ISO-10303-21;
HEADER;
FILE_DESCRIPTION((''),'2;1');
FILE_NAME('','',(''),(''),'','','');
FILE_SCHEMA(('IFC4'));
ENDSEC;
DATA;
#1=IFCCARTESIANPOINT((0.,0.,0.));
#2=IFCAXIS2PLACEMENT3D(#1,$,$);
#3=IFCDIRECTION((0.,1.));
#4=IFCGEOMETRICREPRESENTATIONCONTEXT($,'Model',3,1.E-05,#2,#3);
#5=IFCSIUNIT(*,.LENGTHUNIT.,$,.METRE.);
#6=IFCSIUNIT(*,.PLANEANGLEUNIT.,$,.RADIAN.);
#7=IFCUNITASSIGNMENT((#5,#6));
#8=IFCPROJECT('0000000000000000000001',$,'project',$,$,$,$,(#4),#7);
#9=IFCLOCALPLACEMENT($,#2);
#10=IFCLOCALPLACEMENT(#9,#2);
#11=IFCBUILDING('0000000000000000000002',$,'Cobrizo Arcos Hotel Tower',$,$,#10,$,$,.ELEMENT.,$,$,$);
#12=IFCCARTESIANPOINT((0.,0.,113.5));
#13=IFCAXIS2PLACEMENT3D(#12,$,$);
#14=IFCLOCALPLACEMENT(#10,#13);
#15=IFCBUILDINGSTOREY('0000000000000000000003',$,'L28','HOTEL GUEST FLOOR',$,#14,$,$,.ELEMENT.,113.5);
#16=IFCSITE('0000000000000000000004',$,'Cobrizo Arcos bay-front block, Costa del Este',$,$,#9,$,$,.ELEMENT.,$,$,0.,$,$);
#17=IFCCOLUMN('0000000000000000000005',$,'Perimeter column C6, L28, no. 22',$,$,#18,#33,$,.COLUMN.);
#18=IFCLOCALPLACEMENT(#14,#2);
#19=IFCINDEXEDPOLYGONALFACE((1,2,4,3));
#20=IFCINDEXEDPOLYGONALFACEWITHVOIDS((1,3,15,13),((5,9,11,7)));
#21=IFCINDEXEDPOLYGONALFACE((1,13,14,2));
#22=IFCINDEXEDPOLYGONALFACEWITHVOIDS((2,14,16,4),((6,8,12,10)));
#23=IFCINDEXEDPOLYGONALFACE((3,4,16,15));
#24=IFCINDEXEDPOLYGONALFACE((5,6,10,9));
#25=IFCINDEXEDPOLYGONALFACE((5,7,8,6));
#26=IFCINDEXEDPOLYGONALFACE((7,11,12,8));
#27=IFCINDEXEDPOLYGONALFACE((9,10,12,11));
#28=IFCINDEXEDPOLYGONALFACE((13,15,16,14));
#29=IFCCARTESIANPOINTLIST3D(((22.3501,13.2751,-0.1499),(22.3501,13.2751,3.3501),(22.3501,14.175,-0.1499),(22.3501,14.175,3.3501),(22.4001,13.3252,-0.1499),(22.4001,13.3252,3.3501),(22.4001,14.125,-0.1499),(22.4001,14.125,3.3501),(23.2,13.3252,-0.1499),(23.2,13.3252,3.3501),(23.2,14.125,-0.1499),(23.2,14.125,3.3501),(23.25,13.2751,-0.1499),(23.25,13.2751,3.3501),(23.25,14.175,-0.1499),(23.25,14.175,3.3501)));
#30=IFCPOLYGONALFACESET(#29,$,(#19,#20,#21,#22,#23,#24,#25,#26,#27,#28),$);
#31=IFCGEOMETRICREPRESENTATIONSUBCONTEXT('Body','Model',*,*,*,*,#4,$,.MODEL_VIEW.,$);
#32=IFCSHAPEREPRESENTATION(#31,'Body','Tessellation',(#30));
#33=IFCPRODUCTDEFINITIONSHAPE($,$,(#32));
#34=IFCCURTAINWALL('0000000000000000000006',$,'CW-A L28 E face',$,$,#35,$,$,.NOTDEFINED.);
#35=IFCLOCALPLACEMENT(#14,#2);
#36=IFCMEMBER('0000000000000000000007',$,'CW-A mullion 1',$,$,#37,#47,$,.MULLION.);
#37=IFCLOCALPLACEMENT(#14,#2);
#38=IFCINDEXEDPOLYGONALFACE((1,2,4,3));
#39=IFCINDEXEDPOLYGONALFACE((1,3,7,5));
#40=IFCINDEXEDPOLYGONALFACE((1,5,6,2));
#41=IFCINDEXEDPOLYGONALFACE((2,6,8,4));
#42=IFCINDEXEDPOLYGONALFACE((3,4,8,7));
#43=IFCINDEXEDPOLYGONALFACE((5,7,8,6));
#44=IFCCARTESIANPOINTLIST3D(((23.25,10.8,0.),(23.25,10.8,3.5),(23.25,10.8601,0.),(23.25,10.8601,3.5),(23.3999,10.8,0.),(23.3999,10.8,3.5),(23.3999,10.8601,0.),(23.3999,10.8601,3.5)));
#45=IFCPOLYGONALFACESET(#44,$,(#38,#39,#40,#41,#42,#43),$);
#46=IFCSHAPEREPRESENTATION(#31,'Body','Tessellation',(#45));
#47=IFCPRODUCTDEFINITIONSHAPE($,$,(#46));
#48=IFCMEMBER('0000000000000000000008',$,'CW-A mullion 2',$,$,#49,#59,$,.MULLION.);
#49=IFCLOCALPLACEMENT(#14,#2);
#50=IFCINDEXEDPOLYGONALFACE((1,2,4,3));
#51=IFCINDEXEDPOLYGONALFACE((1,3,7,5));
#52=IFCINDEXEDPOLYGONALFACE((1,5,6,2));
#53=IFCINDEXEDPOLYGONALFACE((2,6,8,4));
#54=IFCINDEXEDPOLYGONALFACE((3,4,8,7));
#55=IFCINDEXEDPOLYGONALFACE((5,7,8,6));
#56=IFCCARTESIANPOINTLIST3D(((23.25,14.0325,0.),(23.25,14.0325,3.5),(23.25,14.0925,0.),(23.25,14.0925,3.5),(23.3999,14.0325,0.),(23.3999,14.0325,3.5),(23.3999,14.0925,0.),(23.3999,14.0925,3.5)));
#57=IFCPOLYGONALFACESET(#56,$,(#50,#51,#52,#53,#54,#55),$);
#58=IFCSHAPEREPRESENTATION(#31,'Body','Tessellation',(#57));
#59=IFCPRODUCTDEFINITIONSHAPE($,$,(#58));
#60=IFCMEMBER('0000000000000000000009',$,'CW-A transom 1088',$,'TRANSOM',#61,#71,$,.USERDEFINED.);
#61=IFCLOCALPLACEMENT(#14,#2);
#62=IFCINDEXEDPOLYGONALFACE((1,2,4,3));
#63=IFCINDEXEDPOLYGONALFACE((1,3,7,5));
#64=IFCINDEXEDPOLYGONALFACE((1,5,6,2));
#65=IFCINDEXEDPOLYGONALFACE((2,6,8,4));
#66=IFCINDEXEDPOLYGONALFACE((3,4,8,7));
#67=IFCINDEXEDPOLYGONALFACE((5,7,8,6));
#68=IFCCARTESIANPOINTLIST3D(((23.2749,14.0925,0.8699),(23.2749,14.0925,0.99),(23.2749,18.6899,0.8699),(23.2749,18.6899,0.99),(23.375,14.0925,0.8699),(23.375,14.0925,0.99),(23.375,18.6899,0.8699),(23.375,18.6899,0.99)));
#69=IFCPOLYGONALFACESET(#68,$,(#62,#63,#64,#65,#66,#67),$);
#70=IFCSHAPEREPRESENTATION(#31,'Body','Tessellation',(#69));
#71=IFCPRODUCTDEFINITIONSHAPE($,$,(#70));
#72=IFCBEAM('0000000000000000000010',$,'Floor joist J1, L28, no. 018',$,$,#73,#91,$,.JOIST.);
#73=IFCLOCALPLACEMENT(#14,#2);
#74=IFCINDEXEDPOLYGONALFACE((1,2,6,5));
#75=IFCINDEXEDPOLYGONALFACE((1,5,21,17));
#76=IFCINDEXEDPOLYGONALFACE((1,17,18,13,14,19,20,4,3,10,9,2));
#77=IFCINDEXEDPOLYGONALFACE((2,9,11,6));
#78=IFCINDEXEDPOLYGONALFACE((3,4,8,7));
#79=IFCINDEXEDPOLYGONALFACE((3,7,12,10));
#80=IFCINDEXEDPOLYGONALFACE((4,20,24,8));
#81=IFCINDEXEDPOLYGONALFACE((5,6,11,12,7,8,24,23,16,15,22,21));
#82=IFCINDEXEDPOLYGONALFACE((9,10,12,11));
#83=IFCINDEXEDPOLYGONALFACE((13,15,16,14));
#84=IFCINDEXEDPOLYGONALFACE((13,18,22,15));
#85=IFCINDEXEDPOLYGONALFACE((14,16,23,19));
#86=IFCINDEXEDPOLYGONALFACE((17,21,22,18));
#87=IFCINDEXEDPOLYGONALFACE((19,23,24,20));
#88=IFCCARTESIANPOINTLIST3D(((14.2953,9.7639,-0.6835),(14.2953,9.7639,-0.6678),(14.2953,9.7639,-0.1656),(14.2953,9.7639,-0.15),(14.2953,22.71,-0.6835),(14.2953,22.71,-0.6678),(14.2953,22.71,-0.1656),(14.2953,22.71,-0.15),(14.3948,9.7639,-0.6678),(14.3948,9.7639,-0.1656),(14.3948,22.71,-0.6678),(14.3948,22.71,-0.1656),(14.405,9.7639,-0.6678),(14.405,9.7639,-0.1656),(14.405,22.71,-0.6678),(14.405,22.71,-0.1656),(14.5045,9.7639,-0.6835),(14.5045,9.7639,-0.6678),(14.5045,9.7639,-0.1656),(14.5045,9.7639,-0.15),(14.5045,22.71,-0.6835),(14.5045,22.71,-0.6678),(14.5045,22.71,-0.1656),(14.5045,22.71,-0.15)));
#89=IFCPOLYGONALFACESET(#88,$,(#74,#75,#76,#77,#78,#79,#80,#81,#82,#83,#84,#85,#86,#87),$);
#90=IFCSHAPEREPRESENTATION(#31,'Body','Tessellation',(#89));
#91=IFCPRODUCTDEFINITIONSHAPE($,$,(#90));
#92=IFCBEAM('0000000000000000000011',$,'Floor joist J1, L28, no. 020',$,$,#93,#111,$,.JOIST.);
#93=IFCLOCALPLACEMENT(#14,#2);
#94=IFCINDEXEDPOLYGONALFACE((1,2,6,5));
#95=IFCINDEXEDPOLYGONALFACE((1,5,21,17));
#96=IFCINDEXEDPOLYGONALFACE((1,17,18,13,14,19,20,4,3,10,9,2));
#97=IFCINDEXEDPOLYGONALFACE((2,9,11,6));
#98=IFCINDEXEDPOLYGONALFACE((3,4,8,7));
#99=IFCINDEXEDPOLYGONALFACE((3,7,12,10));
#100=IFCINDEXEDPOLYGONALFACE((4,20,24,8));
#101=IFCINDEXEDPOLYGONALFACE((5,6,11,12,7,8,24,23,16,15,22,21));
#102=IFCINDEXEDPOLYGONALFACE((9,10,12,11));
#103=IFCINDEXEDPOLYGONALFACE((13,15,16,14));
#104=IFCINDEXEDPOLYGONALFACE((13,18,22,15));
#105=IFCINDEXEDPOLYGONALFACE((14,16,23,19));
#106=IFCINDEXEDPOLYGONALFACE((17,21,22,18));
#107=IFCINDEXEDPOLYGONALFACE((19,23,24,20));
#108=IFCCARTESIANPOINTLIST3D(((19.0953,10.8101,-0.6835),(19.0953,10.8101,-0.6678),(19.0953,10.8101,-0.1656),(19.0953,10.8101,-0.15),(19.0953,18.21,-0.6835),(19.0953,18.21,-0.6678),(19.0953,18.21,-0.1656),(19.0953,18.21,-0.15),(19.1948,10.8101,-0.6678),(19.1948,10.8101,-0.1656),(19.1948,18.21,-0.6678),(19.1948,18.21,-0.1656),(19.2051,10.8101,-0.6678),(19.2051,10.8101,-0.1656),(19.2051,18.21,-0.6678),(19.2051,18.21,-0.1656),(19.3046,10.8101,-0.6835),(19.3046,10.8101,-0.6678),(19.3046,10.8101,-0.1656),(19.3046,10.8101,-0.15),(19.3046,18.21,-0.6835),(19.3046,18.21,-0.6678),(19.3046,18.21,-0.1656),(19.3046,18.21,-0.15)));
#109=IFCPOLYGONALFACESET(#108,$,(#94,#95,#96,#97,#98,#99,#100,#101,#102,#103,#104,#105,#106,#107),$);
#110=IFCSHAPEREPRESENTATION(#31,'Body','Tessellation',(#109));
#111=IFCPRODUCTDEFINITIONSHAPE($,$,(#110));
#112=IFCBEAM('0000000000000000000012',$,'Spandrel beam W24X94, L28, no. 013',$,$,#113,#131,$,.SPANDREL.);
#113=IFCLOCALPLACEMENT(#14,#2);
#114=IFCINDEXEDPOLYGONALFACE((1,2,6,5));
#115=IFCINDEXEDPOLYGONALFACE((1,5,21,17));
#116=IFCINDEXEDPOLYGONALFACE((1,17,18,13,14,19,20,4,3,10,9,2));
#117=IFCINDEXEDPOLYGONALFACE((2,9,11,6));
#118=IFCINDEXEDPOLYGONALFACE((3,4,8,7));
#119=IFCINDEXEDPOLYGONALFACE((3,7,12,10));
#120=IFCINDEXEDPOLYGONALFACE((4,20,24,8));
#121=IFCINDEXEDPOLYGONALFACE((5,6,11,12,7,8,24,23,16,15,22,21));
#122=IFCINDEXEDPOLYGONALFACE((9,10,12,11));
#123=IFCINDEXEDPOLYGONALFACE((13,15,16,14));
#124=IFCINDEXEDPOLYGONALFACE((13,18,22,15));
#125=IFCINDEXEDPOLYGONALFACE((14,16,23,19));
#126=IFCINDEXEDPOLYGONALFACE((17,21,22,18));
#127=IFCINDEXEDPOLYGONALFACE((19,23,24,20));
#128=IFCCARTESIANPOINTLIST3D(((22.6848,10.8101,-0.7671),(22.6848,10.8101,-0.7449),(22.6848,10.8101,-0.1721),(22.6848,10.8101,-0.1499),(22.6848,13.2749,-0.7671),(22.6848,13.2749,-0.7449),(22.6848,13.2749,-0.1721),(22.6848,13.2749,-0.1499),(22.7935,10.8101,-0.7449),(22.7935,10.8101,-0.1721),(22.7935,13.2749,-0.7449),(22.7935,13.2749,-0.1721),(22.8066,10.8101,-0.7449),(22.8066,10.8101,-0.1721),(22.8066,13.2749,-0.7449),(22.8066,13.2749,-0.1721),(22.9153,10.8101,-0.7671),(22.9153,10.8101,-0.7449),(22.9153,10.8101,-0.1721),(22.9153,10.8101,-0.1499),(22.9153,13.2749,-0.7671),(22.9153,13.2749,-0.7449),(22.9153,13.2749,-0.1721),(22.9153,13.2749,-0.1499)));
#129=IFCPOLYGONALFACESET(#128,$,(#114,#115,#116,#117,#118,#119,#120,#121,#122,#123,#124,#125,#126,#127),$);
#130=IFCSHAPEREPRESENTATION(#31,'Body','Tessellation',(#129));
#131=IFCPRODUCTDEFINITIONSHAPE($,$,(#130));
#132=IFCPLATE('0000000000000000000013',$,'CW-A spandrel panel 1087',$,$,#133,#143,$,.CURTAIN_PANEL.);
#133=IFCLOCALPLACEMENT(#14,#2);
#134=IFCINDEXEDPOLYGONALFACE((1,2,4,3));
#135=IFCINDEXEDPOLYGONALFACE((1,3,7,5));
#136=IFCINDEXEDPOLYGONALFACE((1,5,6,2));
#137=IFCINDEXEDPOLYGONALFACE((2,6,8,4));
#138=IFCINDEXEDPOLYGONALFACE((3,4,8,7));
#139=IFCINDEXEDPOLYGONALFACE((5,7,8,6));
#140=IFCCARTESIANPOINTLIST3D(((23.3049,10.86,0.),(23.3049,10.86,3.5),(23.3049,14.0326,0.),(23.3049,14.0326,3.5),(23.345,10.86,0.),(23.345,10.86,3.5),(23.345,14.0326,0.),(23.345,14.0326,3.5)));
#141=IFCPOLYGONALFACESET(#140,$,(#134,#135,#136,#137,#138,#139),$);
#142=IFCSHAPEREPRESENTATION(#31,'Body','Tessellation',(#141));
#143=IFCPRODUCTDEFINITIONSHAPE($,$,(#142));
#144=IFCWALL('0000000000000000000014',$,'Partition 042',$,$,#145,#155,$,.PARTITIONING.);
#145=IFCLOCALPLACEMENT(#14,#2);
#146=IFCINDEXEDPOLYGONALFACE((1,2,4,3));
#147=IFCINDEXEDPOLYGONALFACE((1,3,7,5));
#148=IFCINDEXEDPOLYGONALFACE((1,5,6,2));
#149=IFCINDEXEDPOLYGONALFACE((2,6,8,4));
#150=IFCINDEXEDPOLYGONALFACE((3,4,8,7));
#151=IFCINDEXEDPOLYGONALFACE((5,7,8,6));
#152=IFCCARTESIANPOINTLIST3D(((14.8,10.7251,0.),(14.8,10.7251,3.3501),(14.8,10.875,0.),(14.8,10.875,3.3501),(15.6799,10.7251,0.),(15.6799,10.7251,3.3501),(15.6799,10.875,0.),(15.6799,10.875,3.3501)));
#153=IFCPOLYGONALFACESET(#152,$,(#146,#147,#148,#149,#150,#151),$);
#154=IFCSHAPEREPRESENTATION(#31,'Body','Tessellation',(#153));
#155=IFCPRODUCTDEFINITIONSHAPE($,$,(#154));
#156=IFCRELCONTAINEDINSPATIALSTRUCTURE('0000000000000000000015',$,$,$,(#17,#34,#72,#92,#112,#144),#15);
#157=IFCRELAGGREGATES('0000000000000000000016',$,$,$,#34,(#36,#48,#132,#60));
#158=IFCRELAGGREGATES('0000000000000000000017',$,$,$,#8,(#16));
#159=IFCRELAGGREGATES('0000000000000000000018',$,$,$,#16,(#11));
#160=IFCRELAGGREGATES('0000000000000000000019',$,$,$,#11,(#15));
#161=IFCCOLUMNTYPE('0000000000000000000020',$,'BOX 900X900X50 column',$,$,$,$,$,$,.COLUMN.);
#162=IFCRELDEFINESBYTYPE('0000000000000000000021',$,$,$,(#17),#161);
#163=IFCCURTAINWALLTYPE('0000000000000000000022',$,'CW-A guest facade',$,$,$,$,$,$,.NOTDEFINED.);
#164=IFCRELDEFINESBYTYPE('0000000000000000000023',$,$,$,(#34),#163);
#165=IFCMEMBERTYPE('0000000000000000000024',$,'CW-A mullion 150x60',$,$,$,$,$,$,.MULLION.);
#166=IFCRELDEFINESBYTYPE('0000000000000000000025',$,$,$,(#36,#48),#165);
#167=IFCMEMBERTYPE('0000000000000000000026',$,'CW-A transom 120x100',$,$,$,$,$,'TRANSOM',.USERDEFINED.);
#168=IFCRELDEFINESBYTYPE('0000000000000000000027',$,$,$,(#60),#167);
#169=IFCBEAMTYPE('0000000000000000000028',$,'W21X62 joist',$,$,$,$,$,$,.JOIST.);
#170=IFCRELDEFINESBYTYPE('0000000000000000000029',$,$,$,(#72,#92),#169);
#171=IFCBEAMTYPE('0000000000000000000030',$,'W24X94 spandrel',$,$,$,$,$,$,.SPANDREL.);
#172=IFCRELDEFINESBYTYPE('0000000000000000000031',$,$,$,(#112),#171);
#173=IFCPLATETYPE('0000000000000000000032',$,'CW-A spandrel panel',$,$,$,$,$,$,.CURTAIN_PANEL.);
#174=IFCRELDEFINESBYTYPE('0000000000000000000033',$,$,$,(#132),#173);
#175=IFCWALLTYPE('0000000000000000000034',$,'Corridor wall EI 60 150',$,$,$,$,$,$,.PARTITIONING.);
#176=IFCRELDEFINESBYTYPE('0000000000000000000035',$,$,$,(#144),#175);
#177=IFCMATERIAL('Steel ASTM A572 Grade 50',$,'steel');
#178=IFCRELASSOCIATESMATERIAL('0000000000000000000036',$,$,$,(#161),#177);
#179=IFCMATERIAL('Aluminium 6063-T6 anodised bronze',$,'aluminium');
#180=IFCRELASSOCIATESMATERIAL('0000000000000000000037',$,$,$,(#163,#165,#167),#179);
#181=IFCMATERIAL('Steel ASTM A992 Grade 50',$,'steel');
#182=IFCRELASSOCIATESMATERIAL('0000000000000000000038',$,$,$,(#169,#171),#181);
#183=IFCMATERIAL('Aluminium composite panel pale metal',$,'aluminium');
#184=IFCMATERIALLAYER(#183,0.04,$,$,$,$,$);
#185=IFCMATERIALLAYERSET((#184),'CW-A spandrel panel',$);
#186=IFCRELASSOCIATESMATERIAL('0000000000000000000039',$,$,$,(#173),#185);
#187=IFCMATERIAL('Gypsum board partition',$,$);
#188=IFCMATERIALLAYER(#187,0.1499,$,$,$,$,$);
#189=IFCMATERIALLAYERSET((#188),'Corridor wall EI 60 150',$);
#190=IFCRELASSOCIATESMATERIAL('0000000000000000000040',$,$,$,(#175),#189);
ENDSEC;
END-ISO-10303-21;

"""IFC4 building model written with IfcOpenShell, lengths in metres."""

from ifc_helpers import new_model, si_unit, direction, frame, frame_2d, origin, origin_2d, place, context, subcontext, project, spatial, rectangle, hollow_rectangle, i_section, extrude, material, layer, layer_set, material_profile, profile_set, type_object, element, aggregate, save


model = new_model("IFC4")

# Units and contexts
model_context = context("Model", 3, precision=1e-05, world=origin(), true_north=direction((0.0, 1.0)))
body_context = subcontext(model_context, "Body", "Model", "MODEL_VIEW")
ifc_project = project(units=[si_unit("LENGTHUNIT", "METRE"), si_unit("PLANEANGLEUNIT", "RADIAN")], contexts=[model_context])

# Site, building, storey
site_placement = place(None, origin())
site = spatial("IfcSite", under=ifc_project, at=site_placement, Name="Cobrizo Arcos bay-front block, Costa del Este", CompositionType="ELEMENT", RefElevation=0.0)
building_placement = place(site_placement, origin())
building = spatial("IfcBuilding", under=site, at=building_placement, Name="Cobrizo Arcos Hotel Tower", CompositionType="ELEMENT")
storey_placement = place(building_placement, frame((0.0, 0.0, 113.5)))
storey = spatial("IfcBuildingStorey", under=building, at=storey_placement, Name="L28", Description="HOTEL GUEST FLOOR", CompositionType="ELEMENT", Elevation=113.5)

# Column
ifc_material_1 = material(Name="Steel ASTM A572 Grade 50", Category="steel")
ifc_material_profile_1 = material_profile(ifc_material_1, hollow_rectangle(XDim=0.8999, YDim=0.8999, WallThickness=0.05, at=origin_2d()), Name="BOX 900X900X50")
ifc_profile_set_1 = profile_set([ifc_material_profile_1], Name="Steel ASTM A572 Grade 50")
column_type = type_object("IfcColumnType", Name="BOX 900X900X50 column", PredefinedType="COLUMN", material=ifc_profile_set_1)
column_placement = place(storey_placement, frame((22.8, 13.7251, -0.1499), z_axis=(0.0, 0.0, 1.0), x_axis=(1.0, 0.0, 0.0)))
element("IfcColumn", 1, at=column_placement, inside=storey, type_object=column_type, Name="Perimeter column C6, L28, no. 22", PredefinedType="COLUMN", context=body_context, shape_type="SweptSolid", body=[
    extrude(hollow_rectangle(XDim=0.8999, YDim=0.8999, WallThickness=0.05, at=origin_2d()), origin(), (0.0, 0.0, 1.0), 3.5),
])

# Curtain wall, members
ifc_material_2 = material(Name="Aluminium 6063-T6 anodised bronze", Category="aluminium")
curtain_wall_type = type_object("IfcCurtainWallType", Name="CW-A guest facade", PredefinedType="NOTDEFINED", material=ifc_material_2)
curtain_wall_placement = place(storey_placement, origin())
curtain_wall = element("IfcCurtainWall", 2, at=curtain_wall_placement, inside=storey, type_object=curtain_wall_type, Name="CW-A L28 E face", PredefinedType="NOTDEFINED")
ifc_material_profile_2 = material_profile(ifc_material_2, rectangle(XDim=0.1499, YDim=0.0601, at=origin_2d()), Name="CW-A mullion 150x60")
ifc_profile_set_2 = profile_set([ifc_material_profile_2], Name="Aluminium 6063-T6 anodised bronze")
member_type_1 = type_object("IfcMemberType", Name="CW-A mullion 150x60", PredefinedType="MULLION", material=ifc_profile_set_2)
member_1_placement = place(storey_placement, frame((23.325, 10.8301, 0.0), z_axis=(0.0, 0.0, 1.0), x_axis=(1.0, 0.0, 0.0)))
member_1 = element("IfcMember", 3, at=member_1_placement, type_object=member_type_1, Name="CW-A mullion 1", PredefinedType="MULLION", context=body_context, shape_type="SweptSolid", body=[
    extrude(rectangle(XDim=0.1499, YDim=0.0601, at=origin_2d()), origin(), (0.0, 0.0, 1.0), 3.5),
])
member_2_placement = place(storey_placement, frame((23.325, 14.0625, 0.0), z_axis=(0.0, 0.0, 1.0), x_axis=(1.0, 0.0, 0.0)))
member_2 = element("IfcMember", 4, at=member_2_placement, type_object=member_type_1, Name="CW-A mullion 2", PredefinedType="MULLION", context=body_context, shape_type="SweptSolid", body=[
    extrude(rectangle(XDim=0.1499, YDim=0.0601, at=origin_2d()), origin(), (0.0, 0.0, 1.0), 3.5),
])
ifc_material_profile_3 = material_profile(ifc_material_2, rectangle(XDim=0.1001, YDim=0.1201, at=origin_2d()), Name="CW-A transom 120x100")
ifc_profile_set_3 = profile_set([ifc_material_profile_3], Name="Aluminium 6063-T6 anodised bronze")
member_type_2 = type_object("IfcMemberType", Name="CW-A transom 120x100", ElementType="TRANSOM", PredefinedType="USERDEFINED", material=ifc_profile_set_3)
member_3_placement = place(storey_placement, frame((23.325, 14.0925, 0.9299), z_axis=(0.0, 1.0, 0.0), x_axis=(-1.0, 0.0, 0.0)))
member_3 = element("IfcMember", 5, at=member_3_placement, type_object=member_type_2, Name="CW-A transom 1088", ObjectType="TRANSOM", PredefinedType="USERDEFINED", context=body_context, shape_type="SweptSolid", body=[
    extrude(rectangle(XDim=0.1001, YDim=0.1201, at=origin_2d()), origin(), (0.0, 0.0, 1.0), 4.5974),
])

# Beams
ifc_material_3 = material(Name="Steel ASTM A992 Grade 50", Category="steel")
ifc_material_profile_4 = material_profile(ifc_material_3, i_section(OverallWidth=0.2092, OverallDepth=0.5334, WebThickness=0.0103, FlangeThickness=0.0156, at=origin_2d()), Name="W21X62")
ifc_profile_set_4 = profile_set([ifc_material_profile_4], Name="Steel ASTM A992 Grade 50")
beam_type_1 = type_object("IfcBeamType", Name="W21X62 joist", PredefinedType="JOIST", material=ifc_profile_set_4)
beam_1_placement = place(storey_placement, frame((14.3999, 9.7639, -0.4167), z_axis=(0.0, 1.0, 0.0), x_axis=(-1.0, 0.0, 0.0)))
element("IfcBeam", 6, at=beam_1_placement, inside=storey, type_object=beam_type_1, Name="Floor joist J1, L28, no. 018", PredefinedType="JOIST", context=body_context, shape_type="SweptSolid", body=[
    extrude(i_section(OverallWidth=0.2092, OverallDepth=0.5334, WebThickness=0.0103, FlangeThickness=0.0156, at=origin_2d()), origin(), (0.0, 0.0, 1.0), 12.946),
])
beam_2_placement = place(storey_placement, frame((19.2, 10.8101, -0.4167), z_axis=(0.0, 1.0, 0.0), x_axis=(-1.0, 0.0, 0.0)))
element("IfcBeam", 7, at=beam_2_placement, inside=storey, type_object=beam_type_1, Name="Floor joist J1, L28, no. 020", PredefinedType="JOIST", context=body_context, shape_type="SweptSolid", body=[
    extrude(i_section(OverallWidth=0.2092, OverallDepth=0.5334, WebThickness=0.0103, FlangeThickness=0.0156, at=origin_2d()), origin(), (0.0, 0.0, 1.0), 7.3999),
])
ifc_material_profile_5 = material_profile(ifc_material_3, i_section(OverallWidth=0.2305, OverallDepth=0.6172, WebThickness=0.0132, FlangeThickness=0.0222, at=origin_2d()), Name="W24X94")
ifc_profile_set_5 = profile_set([ifc_material_profile_5], Name="Steel ASTM A992 Grade 50")
beam_type_2 = type_object("IfcBeamType", Name="W24X94 spandrel", PredefinedType="SPANDREL", material=ifc_profile_set_5)
beam_3_placement = place(storey_placement, frame((22.8, 10.8101, -0.4585), z_axis=(0.0, 1.0, 0.0), x_axis=(-1.0, 0.0, 0.0)))
element("IfcBeam", 8, at=beam_3_placement, inside=storey, type_object=beam_type_2, Name="Spandrel beam W24X94, L28, no. 013", PredefinedType="SPANDREL", context=body_context, shape_type="SweptSolid", body=[
    extrude(i_section(OverallWidth=0.2305, OverallDepth=0.6172, WebThickness=0.0132, FlangeThickness=0.0222, at=origin_2d()), origin(), (0.0, 0.0, 1.0), 2.4648),
])

# Plate
ifc_material_4 = material(Name="Aluminium composite panel pale metal", Category="aluminium")
ifc_layer_1 = layer(ifc_material_4, 0.04)
ifc_layer_set_1 = layer_set([ifc_layer_1], Name="CW-A spandrel panel")
plate_type = type_object("IfcPlateType", Name="CW-A spandrel panel", PredefinedType="CURTAIN_PANEL", material=ifc_layer_set_1)
plate_placement = place(storey_placement, frame((23.325, 12.4463, 0.0), z_axis=(0.0, 0.0, 1.0), x_axis=(0.0, 1.0, 0.0)))
plate = element("IfcPlate", 9, at=plate_placement, type_object=plate_type, Name="CW-A spandrel panel 1087", PredefinedType="CURTAIN_PANEL", context=body_context, shape_type="SweptSolid", body=[
    extrude(rectangle(XDim=3.1726, YDim=0.04, at=origin_2d()), origin(), (0.0, 0.0, 1.0), 3.5),
])
aggregate(curtain_wall, [member_1, member_2, plate, member_3])

# Wall
ifc_material_5 = material(Name="Gypsum board partition")
ifc_layer_2 = layer(ifc_material_5, 0.1499)
ifc_layer_set_2 = layer_set([ifc_layer_2], Name="Corridor wall EI 60 150")
wall_type_1 = type_object("IfcWallType", Name="Corridor wall EI 60 150", PredefinedType="PARTITIONING", material=ifc_layer_set_2)
wall_1_placement = place(storey_placement, frame((14.8, 10.8, 0.0), z_axis=(0.0, 0.0, 1.0), x_axis=(1.0, 0.0, 0.0)))
element("IfcWall", 10, at=wall_1_placement, inside=storey, type_object=wall_type_1, Name="Partition 042", PredefinedType="PARTITIONING", context=body_context, shape_type="SweptSolid", body=[
    extrude(rectangle(XDim=0.8799, YDim=0.1499, at=frame_2d((0.4399, 0.0))), origin(), (0.0, 0.0, 1.0), 3.3501),
])

save(model, "model.ifc")
